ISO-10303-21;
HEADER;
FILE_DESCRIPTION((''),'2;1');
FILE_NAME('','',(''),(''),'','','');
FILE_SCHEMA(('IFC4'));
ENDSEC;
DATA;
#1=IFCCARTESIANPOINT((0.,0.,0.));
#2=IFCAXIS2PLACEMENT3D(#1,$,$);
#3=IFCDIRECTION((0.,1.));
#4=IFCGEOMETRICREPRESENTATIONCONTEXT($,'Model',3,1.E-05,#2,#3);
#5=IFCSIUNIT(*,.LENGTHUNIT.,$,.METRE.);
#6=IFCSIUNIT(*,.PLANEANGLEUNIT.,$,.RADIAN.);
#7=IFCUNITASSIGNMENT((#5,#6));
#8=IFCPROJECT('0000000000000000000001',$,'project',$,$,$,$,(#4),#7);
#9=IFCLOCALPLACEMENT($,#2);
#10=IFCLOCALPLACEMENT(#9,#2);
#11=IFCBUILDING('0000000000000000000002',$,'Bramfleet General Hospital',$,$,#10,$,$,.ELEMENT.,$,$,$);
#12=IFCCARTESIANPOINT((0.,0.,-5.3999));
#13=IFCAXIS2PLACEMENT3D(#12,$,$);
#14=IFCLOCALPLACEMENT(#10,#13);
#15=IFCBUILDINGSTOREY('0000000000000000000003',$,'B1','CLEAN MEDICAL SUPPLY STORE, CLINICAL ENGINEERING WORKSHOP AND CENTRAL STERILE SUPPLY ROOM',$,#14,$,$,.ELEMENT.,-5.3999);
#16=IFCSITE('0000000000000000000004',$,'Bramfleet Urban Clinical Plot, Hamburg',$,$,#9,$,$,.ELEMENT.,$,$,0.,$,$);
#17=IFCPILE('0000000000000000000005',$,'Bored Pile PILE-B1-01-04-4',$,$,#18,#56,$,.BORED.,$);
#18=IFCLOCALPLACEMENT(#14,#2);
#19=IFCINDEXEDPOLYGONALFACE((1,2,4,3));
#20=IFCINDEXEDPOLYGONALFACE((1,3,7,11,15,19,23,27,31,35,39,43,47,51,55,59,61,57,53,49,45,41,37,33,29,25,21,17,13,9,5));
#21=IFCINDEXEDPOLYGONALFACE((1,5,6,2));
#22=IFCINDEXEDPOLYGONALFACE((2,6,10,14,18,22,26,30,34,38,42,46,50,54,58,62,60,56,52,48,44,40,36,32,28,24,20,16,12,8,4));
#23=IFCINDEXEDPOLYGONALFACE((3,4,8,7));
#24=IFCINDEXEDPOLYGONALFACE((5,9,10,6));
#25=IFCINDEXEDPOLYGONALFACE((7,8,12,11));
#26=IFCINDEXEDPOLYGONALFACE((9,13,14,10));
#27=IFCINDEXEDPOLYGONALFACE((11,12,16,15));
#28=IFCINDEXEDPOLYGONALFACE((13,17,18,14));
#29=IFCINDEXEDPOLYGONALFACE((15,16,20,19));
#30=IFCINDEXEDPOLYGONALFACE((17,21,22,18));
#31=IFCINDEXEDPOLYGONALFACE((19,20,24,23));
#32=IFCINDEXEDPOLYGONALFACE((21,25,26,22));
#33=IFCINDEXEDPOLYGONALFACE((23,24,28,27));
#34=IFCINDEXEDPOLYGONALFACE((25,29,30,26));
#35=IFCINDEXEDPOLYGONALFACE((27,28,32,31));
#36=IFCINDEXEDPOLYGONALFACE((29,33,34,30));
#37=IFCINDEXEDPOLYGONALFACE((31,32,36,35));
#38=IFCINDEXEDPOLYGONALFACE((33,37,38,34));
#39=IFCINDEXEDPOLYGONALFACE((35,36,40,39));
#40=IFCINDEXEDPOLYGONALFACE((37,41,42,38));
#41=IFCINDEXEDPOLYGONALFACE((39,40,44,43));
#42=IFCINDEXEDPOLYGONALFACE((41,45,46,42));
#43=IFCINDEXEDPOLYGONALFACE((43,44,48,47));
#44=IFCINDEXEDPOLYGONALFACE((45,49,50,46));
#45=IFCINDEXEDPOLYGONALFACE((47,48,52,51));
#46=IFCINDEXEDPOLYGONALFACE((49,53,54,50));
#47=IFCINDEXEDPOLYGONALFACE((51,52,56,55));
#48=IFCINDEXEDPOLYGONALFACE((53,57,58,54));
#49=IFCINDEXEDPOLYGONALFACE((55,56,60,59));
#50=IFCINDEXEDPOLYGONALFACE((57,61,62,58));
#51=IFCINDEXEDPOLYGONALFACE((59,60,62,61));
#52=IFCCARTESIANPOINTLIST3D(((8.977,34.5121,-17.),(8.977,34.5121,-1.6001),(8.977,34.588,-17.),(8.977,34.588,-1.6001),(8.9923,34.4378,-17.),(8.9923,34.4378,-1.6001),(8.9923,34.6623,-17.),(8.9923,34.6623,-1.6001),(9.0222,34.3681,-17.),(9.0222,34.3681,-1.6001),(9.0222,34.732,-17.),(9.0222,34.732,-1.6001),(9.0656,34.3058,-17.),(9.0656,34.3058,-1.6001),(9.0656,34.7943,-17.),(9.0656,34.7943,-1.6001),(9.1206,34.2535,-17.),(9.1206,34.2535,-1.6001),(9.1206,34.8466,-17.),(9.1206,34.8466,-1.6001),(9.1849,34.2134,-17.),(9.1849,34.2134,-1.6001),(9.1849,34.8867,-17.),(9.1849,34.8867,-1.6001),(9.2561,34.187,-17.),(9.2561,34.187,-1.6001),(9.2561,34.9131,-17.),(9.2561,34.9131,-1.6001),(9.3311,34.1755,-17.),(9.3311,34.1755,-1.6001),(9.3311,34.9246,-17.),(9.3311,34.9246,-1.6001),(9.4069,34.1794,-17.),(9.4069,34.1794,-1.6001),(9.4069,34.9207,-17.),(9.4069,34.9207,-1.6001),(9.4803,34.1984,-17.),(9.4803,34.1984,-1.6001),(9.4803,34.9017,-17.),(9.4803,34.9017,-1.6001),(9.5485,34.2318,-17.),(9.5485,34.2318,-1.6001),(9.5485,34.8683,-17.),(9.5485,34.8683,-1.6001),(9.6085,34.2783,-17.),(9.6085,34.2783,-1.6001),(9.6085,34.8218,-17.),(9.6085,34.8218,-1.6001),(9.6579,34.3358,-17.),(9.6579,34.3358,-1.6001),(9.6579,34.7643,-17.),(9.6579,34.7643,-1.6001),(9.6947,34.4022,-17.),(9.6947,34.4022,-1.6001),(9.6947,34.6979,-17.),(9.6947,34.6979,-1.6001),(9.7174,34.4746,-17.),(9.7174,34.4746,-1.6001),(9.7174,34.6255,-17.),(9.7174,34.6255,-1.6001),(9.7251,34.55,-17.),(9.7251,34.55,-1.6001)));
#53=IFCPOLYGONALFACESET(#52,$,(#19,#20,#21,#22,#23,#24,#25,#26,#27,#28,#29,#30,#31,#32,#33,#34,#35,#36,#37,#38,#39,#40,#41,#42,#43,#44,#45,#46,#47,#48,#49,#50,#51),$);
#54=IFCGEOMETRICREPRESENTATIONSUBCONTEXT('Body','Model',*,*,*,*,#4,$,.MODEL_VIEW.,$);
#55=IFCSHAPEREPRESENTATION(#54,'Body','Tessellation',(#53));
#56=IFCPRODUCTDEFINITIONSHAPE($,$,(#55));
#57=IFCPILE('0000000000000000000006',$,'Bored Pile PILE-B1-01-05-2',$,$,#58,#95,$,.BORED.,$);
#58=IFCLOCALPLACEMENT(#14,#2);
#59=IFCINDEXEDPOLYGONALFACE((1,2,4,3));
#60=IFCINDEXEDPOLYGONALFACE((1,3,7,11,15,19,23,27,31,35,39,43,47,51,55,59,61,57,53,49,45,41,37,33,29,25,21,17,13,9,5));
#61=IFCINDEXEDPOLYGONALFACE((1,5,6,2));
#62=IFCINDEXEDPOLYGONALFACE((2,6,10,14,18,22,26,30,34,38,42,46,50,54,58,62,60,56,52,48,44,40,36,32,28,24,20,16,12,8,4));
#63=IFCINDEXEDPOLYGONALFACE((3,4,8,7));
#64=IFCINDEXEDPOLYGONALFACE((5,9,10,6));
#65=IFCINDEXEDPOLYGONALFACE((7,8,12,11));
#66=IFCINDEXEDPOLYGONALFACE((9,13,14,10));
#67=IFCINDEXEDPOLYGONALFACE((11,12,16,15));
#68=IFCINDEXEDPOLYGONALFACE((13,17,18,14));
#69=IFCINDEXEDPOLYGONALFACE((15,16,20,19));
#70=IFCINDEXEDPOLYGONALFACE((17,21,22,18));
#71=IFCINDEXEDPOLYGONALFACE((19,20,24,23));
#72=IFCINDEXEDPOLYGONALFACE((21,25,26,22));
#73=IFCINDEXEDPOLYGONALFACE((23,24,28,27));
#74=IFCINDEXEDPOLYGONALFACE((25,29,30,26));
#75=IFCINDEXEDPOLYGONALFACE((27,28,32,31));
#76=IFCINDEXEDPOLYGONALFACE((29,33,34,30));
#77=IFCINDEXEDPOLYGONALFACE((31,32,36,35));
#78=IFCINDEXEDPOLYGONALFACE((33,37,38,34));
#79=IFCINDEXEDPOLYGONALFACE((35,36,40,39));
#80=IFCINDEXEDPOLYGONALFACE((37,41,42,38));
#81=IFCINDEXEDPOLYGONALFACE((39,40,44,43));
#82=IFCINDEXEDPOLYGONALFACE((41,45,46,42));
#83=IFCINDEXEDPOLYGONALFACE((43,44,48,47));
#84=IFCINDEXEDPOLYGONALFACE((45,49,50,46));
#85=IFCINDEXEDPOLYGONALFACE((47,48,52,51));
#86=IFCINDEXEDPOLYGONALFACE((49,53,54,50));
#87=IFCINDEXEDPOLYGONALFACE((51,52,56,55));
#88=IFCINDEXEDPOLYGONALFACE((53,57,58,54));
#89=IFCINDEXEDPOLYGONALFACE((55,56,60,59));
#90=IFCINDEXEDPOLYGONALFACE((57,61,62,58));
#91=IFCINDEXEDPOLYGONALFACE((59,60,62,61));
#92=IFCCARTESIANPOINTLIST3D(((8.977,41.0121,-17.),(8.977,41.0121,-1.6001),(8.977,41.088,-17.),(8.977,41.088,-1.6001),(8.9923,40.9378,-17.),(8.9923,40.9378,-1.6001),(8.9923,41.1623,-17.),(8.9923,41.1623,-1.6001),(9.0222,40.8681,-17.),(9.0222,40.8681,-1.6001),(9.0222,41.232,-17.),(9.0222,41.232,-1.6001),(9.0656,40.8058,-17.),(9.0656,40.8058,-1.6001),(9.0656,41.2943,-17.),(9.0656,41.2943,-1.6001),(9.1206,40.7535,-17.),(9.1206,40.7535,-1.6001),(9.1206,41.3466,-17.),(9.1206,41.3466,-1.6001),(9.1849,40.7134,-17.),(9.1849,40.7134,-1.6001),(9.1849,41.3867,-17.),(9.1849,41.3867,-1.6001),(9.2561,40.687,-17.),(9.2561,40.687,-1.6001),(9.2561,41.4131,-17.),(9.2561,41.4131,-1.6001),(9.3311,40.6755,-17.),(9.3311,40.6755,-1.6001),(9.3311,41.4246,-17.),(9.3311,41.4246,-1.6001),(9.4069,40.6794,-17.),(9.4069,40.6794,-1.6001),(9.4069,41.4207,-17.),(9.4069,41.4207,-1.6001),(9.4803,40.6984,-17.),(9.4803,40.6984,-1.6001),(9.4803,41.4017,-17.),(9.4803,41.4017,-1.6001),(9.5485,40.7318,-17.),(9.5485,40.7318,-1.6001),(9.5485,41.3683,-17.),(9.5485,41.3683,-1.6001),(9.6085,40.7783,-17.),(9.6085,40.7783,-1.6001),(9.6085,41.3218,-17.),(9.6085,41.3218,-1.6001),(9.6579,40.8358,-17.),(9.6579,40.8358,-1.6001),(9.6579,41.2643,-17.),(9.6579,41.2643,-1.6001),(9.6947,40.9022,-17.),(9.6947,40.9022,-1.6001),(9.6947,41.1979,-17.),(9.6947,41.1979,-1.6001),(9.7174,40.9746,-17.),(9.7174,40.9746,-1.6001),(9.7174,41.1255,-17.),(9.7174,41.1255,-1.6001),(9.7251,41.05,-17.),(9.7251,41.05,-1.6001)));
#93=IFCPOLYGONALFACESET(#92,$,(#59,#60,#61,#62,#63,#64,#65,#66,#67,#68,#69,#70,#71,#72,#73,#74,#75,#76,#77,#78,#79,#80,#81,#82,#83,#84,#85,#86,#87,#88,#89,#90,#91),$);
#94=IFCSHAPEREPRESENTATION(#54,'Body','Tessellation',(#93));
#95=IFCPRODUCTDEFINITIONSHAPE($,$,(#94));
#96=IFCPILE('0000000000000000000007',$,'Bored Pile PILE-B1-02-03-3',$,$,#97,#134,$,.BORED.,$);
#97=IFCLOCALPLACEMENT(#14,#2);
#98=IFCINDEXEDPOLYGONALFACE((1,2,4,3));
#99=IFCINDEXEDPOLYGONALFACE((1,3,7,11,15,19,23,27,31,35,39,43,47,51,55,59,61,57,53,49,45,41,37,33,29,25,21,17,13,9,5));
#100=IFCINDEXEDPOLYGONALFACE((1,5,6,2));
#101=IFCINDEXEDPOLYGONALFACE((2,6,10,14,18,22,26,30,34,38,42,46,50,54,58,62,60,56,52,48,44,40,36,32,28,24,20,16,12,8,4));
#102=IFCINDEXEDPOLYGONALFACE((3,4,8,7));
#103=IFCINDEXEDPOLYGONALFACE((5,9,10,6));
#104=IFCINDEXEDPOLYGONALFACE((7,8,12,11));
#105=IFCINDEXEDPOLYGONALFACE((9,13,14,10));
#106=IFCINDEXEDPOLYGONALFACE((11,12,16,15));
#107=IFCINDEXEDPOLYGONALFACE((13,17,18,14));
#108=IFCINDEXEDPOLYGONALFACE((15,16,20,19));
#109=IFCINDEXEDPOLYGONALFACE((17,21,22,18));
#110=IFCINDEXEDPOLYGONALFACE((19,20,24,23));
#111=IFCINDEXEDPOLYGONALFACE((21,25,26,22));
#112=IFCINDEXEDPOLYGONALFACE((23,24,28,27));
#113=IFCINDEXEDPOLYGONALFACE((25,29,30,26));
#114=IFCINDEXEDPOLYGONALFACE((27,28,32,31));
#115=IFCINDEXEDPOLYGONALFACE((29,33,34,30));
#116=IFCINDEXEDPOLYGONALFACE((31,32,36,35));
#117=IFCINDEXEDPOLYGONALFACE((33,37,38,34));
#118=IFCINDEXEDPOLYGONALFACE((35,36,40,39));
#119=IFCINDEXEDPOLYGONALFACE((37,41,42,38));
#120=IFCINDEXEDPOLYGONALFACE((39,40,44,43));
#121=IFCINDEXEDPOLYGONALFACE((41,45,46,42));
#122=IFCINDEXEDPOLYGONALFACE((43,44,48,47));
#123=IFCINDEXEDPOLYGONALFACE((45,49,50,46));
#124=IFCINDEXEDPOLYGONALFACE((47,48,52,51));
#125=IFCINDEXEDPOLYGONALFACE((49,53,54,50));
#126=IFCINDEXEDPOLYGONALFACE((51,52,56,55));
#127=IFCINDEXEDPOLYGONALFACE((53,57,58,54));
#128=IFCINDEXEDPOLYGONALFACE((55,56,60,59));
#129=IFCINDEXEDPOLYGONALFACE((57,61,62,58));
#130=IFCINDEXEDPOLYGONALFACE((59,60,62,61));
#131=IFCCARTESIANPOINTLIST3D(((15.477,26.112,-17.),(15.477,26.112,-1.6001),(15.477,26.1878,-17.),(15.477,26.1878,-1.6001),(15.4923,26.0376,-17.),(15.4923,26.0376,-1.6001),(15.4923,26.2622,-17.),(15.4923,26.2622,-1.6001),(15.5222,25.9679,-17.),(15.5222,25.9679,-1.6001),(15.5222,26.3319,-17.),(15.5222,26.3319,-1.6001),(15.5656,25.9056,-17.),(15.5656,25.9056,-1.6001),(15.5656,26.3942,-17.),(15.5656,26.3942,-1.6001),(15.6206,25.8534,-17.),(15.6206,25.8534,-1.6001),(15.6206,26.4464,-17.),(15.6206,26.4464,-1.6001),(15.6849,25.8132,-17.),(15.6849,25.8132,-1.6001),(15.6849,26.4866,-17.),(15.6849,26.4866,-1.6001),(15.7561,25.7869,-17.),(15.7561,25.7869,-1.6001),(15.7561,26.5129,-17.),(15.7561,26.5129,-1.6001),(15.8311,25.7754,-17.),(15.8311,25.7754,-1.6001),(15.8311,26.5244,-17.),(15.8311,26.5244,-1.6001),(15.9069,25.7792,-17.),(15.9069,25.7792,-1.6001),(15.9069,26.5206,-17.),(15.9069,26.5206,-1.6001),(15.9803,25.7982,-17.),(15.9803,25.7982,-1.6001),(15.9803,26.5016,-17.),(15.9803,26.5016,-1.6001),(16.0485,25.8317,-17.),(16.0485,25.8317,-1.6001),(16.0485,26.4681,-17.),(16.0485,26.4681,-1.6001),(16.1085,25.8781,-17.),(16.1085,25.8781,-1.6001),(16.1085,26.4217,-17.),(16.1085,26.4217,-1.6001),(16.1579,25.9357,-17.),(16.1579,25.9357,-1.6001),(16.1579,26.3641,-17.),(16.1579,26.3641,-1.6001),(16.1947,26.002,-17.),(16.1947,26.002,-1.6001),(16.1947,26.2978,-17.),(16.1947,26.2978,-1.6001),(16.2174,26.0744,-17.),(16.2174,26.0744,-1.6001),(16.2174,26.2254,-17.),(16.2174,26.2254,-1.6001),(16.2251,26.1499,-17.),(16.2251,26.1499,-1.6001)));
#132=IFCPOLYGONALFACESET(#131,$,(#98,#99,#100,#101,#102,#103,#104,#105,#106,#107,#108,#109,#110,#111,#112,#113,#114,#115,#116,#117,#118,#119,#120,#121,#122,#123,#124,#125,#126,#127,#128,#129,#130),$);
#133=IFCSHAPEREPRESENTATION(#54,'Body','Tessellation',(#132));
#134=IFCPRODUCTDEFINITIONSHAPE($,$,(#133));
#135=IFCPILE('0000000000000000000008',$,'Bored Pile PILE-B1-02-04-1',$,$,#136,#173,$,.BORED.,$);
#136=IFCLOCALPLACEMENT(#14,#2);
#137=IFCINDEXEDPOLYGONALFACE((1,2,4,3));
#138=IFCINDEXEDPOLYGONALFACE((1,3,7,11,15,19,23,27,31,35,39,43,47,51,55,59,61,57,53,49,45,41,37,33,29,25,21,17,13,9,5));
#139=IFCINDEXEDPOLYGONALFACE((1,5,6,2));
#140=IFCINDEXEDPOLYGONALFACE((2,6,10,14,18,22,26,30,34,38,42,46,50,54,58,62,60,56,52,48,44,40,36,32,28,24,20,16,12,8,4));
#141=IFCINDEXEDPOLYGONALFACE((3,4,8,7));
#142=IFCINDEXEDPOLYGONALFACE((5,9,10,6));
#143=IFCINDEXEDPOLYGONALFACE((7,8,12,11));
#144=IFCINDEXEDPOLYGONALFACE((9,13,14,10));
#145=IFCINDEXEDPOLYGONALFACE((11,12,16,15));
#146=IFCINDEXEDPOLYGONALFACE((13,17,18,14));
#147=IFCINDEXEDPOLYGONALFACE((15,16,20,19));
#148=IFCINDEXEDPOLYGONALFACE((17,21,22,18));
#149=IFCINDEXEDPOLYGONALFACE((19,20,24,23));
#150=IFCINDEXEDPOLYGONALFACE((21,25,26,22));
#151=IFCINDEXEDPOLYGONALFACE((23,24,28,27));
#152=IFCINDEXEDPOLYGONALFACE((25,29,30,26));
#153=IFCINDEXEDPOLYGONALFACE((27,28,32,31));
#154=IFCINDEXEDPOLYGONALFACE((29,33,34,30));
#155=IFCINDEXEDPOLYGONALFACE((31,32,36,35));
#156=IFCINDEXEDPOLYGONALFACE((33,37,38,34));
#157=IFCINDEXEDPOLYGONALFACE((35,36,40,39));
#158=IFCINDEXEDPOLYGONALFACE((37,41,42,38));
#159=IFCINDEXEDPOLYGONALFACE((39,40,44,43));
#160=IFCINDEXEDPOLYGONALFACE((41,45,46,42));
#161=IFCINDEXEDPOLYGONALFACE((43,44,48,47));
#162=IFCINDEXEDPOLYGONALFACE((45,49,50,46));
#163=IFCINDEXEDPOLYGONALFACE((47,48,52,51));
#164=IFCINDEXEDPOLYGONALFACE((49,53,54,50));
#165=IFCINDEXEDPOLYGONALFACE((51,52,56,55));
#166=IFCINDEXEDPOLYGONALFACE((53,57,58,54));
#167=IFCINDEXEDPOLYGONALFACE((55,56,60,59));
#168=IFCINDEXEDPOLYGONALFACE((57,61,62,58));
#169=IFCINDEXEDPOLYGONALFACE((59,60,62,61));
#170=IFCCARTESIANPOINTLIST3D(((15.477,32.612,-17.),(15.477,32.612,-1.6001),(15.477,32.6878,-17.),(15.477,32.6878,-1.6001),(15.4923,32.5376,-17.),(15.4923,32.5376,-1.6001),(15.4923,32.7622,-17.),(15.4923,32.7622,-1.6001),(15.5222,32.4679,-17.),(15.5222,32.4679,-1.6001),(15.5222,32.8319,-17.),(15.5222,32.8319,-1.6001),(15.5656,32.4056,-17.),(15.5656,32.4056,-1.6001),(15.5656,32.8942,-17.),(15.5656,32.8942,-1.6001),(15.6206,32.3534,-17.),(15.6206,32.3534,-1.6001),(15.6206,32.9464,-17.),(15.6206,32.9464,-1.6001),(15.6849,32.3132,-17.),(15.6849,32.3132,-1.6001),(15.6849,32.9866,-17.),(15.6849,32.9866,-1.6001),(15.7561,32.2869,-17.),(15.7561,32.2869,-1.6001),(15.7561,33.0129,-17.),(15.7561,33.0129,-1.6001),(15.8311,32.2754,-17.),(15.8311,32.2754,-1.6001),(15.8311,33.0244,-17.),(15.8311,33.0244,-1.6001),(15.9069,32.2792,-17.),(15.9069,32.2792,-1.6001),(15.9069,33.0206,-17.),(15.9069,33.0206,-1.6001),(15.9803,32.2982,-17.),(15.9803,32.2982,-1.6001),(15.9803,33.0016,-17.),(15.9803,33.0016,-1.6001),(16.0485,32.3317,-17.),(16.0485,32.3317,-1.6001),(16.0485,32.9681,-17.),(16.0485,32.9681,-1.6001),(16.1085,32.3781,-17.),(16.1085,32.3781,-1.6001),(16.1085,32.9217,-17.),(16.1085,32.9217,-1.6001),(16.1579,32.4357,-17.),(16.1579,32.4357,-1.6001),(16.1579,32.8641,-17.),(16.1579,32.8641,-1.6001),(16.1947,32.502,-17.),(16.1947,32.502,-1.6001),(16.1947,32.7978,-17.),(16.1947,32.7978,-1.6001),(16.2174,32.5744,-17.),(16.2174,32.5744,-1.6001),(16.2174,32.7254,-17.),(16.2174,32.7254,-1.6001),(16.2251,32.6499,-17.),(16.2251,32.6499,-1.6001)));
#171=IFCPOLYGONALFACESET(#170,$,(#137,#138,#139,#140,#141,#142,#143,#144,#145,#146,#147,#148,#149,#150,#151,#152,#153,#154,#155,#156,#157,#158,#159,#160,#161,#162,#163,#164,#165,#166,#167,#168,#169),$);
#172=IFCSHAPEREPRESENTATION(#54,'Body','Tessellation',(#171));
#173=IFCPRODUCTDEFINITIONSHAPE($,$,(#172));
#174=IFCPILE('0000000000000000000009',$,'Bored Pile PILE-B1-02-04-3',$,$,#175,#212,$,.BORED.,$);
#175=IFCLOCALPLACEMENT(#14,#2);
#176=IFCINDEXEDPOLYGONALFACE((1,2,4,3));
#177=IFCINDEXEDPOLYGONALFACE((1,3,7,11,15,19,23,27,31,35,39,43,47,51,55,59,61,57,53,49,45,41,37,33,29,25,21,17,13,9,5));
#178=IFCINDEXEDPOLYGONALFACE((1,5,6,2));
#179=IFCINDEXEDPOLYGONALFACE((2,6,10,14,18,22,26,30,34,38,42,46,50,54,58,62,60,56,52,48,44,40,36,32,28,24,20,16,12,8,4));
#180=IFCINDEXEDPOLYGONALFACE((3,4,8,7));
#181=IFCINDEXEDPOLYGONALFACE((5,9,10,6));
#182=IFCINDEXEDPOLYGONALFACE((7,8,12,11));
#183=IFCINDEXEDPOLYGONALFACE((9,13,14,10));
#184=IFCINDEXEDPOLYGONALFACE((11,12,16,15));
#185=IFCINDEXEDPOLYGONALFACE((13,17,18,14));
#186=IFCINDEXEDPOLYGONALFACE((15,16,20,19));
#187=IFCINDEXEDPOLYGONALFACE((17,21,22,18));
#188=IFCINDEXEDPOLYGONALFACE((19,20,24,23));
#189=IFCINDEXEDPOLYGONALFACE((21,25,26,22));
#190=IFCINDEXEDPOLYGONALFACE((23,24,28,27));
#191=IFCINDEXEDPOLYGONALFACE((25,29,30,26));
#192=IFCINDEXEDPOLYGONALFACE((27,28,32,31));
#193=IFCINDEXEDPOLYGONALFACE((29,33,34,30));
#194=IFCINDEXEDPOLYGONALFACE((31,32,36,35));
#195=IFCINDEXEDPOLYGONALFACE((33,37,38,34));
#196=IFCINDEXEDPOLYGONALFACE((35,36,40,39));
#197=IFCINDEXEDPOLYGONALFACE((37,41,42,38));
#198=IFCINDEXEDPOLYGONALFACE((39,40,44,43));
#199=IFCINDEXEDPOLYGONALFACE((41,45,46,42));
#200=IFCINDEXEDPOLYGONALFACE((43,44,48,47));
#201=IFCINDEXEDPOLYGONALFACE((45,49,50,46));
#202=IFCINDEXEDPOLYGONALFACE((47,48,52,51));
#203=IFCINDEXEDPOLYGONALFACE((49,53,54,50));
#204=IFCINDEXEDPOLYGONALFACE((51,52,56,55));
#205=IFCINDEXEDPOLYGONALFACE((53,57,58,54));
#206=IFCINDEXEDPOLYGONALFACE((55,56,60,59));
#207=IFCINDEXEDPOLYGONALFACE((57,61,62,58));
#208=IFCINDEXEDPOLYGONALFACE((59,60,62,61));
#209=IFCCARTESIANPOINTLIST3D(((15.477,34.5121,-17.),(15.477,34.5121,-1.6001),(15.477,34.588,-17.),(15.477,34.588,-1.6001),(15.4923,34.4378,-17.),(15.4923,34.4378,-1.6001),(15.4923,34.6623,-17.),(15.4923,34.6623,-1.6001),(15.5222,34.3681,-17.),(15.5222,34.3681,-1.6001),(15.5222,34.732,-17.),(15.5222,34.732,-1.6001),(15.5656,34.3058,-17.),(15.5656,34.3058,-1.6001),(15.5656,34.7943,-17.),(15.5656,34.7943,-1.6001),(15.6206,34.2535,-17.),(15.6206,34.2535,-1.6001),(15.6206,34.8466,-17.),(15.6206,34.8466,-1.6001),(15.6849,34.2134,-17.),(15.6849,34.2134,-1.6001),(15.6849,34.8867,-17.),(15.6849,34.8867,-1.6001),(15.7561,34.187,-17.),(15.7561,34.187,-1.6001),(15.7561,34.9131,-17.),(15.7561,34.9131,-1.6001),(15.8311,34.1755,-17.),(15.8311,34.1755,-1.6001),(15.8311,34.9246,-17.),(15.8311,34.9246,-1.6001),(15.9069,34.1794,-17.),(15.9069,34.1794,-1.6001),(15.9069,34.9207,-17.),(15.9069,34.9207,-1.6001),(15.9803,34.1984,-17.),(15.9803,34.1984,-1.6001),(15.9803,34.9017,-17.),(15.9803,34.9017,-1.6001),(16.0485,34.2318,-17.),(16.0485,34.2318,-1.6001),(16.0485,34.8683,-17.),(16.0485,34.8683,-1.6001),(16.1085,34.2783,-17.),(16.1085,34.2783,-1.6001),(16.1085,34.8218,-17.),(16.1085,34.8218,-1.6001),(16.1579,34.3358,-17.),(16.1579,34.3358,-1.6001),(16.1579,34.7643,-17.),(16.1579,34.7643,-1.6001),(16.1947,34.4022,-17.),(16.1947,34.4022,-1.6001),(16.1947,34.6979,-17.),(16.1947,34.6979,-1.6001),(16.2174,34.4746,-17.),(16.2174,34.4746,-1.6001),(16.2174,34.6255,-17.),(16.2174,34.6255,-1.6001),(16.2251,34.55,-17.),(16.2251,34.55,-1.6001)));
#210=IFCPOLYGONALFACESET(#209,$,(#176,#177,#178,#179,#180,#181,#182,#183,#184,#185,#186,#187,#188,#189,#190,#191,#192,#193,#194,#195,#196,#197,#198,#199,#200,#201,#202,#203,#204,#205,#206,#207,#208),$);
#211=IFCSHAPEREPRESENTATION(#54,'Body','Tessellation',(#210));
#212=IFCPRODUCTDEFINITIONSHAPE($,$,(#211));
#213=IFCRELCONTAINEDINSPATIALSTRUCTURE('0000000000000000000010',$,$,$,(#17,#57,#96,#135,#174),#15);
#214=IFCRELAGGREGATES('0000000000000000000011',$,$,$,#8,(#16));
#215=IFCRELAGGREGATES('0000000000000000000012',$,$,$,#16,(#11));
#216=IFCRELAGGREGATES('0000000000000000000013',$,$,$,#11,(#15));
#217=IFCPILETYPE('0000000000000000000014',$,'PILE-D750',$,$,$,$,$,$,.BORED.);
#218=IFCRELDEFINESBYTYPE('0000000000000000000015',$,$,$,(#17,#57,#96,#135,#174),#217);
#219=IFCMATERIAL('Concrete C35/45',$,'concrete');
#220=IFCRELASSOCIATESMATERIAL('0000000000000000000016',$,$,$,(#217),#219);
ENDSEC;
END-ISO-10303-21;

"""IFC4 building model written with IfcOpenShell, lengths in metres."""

from ifc_helpers import new_model, si_unit, direction, frame, origin, origin_2d, place, context, subcontext, project, spatial, circle, extrude, material, material_profile, profile_set, type_object, element, save


model = new_model("IFC4")

# Units and contexts
model_context = context("Model", 3, precision=1e-05, world=origin(), true_north=direction((0.0, 1.0)))
body_context = subcontext(model_context, "Body", "Model", "MODEL_VIEW")
ifc_project = project(units=[si_unit("LENGTHUNIT", "METRE"), si_unit("PLANEANGLEUNIT", "RADIAN")], contexts=[model_context])

# Site, building, storey
site_placement = place(None, origin())
site = spatial("IfcSite", under=ifc_project, at=site_placement, Name="Bramfleet Urban Clinical Plot, Hamburg", CompositionType="ELEMENT", RefElevation=0.0)
building_placement = place(site_placement, origin())
building = spatial("IfcBuilding", under=site, at=building_placement, Name="Bramfleet General Hospital", CompositionType="ELEMENT")
storey_placement = place(building_placement, frame((0.0, 0.0, -5.3999)))
storey = spatial("IfcBuildingStorey", under=building, at=storey_placement, Name="B1", Description="CLEAN MEDICAL SUPPLY STORE, CLINICAL ENGINEERING WORKSHOP AND CENTRAL STERILE SUPPLY ROOM", CompositionType="ELEMENT", Elevation=-5.3999)

# Shared definitions
ifc_material_1 = material(Name="Concrete C35/45", Category="concrete")

# Piles
ifc_material_profile_1 = material_profile(ifc_material_1, circle(Radius=0.375, at=origin_2d()), Name="PILE BORED D750")
ifc_profile_set_1 = profile_set([ifc_material_profile_1], Name="Concrete C35/45")
pile_type = type_object("IfcPileType", Name="PILE-D750", PredefinedType="BORED", material=ifc_profile_set_1)
for number, where, z_axis, x_axis, name in (
    (1, (9.3501, 34.55, -1.6001), (0.0, 0.0, -1.0), (1.0, 0.0, 0.0), "Bored Pile PILE-B1-01-04-4"),
    (2, (9.3501, 41.05, -1.6001), (0.0, 0.0, -1.0), (1.0, 0.0, 0.0), "Bored Pile PILE-B1-01-05-2"),
    (3, (15.8501, 26.1499, -1.6001), (0.0, 0.0, -1.0), (1.0, 0.0, 0.0), "Bored Pile PILE-B1-02-03-3"),
    (4, (15.8501, 32.6499, -1.6001), (0.0, 0.0, -1.0), (1.0, 0.0, 0.0), "Bored Pile PILE-B1-02-04-1"),
    (5, (15.8501, 34.55, -1.6001), (0.0, 0.0, -1.0), (1.0, 0.0, 0.0), "Bored Pile PILE-B1-02-04-3"),
):
    element("IfcPile", number, at=place(storey_placement, frame(where, z_axis=z_axis, x_axis=x_axis)), inside=storey, type_object=pile_type, Name=name, PredefinedType="BORED", context=body_context, shape_type="SweptSolid", body=[
        extrude(circle(Radius=0.375, at=origin_2d()), origin(), (0.0, 0.0, 1.0), 15.3999),
    ])

save(model, "model.ifc")
